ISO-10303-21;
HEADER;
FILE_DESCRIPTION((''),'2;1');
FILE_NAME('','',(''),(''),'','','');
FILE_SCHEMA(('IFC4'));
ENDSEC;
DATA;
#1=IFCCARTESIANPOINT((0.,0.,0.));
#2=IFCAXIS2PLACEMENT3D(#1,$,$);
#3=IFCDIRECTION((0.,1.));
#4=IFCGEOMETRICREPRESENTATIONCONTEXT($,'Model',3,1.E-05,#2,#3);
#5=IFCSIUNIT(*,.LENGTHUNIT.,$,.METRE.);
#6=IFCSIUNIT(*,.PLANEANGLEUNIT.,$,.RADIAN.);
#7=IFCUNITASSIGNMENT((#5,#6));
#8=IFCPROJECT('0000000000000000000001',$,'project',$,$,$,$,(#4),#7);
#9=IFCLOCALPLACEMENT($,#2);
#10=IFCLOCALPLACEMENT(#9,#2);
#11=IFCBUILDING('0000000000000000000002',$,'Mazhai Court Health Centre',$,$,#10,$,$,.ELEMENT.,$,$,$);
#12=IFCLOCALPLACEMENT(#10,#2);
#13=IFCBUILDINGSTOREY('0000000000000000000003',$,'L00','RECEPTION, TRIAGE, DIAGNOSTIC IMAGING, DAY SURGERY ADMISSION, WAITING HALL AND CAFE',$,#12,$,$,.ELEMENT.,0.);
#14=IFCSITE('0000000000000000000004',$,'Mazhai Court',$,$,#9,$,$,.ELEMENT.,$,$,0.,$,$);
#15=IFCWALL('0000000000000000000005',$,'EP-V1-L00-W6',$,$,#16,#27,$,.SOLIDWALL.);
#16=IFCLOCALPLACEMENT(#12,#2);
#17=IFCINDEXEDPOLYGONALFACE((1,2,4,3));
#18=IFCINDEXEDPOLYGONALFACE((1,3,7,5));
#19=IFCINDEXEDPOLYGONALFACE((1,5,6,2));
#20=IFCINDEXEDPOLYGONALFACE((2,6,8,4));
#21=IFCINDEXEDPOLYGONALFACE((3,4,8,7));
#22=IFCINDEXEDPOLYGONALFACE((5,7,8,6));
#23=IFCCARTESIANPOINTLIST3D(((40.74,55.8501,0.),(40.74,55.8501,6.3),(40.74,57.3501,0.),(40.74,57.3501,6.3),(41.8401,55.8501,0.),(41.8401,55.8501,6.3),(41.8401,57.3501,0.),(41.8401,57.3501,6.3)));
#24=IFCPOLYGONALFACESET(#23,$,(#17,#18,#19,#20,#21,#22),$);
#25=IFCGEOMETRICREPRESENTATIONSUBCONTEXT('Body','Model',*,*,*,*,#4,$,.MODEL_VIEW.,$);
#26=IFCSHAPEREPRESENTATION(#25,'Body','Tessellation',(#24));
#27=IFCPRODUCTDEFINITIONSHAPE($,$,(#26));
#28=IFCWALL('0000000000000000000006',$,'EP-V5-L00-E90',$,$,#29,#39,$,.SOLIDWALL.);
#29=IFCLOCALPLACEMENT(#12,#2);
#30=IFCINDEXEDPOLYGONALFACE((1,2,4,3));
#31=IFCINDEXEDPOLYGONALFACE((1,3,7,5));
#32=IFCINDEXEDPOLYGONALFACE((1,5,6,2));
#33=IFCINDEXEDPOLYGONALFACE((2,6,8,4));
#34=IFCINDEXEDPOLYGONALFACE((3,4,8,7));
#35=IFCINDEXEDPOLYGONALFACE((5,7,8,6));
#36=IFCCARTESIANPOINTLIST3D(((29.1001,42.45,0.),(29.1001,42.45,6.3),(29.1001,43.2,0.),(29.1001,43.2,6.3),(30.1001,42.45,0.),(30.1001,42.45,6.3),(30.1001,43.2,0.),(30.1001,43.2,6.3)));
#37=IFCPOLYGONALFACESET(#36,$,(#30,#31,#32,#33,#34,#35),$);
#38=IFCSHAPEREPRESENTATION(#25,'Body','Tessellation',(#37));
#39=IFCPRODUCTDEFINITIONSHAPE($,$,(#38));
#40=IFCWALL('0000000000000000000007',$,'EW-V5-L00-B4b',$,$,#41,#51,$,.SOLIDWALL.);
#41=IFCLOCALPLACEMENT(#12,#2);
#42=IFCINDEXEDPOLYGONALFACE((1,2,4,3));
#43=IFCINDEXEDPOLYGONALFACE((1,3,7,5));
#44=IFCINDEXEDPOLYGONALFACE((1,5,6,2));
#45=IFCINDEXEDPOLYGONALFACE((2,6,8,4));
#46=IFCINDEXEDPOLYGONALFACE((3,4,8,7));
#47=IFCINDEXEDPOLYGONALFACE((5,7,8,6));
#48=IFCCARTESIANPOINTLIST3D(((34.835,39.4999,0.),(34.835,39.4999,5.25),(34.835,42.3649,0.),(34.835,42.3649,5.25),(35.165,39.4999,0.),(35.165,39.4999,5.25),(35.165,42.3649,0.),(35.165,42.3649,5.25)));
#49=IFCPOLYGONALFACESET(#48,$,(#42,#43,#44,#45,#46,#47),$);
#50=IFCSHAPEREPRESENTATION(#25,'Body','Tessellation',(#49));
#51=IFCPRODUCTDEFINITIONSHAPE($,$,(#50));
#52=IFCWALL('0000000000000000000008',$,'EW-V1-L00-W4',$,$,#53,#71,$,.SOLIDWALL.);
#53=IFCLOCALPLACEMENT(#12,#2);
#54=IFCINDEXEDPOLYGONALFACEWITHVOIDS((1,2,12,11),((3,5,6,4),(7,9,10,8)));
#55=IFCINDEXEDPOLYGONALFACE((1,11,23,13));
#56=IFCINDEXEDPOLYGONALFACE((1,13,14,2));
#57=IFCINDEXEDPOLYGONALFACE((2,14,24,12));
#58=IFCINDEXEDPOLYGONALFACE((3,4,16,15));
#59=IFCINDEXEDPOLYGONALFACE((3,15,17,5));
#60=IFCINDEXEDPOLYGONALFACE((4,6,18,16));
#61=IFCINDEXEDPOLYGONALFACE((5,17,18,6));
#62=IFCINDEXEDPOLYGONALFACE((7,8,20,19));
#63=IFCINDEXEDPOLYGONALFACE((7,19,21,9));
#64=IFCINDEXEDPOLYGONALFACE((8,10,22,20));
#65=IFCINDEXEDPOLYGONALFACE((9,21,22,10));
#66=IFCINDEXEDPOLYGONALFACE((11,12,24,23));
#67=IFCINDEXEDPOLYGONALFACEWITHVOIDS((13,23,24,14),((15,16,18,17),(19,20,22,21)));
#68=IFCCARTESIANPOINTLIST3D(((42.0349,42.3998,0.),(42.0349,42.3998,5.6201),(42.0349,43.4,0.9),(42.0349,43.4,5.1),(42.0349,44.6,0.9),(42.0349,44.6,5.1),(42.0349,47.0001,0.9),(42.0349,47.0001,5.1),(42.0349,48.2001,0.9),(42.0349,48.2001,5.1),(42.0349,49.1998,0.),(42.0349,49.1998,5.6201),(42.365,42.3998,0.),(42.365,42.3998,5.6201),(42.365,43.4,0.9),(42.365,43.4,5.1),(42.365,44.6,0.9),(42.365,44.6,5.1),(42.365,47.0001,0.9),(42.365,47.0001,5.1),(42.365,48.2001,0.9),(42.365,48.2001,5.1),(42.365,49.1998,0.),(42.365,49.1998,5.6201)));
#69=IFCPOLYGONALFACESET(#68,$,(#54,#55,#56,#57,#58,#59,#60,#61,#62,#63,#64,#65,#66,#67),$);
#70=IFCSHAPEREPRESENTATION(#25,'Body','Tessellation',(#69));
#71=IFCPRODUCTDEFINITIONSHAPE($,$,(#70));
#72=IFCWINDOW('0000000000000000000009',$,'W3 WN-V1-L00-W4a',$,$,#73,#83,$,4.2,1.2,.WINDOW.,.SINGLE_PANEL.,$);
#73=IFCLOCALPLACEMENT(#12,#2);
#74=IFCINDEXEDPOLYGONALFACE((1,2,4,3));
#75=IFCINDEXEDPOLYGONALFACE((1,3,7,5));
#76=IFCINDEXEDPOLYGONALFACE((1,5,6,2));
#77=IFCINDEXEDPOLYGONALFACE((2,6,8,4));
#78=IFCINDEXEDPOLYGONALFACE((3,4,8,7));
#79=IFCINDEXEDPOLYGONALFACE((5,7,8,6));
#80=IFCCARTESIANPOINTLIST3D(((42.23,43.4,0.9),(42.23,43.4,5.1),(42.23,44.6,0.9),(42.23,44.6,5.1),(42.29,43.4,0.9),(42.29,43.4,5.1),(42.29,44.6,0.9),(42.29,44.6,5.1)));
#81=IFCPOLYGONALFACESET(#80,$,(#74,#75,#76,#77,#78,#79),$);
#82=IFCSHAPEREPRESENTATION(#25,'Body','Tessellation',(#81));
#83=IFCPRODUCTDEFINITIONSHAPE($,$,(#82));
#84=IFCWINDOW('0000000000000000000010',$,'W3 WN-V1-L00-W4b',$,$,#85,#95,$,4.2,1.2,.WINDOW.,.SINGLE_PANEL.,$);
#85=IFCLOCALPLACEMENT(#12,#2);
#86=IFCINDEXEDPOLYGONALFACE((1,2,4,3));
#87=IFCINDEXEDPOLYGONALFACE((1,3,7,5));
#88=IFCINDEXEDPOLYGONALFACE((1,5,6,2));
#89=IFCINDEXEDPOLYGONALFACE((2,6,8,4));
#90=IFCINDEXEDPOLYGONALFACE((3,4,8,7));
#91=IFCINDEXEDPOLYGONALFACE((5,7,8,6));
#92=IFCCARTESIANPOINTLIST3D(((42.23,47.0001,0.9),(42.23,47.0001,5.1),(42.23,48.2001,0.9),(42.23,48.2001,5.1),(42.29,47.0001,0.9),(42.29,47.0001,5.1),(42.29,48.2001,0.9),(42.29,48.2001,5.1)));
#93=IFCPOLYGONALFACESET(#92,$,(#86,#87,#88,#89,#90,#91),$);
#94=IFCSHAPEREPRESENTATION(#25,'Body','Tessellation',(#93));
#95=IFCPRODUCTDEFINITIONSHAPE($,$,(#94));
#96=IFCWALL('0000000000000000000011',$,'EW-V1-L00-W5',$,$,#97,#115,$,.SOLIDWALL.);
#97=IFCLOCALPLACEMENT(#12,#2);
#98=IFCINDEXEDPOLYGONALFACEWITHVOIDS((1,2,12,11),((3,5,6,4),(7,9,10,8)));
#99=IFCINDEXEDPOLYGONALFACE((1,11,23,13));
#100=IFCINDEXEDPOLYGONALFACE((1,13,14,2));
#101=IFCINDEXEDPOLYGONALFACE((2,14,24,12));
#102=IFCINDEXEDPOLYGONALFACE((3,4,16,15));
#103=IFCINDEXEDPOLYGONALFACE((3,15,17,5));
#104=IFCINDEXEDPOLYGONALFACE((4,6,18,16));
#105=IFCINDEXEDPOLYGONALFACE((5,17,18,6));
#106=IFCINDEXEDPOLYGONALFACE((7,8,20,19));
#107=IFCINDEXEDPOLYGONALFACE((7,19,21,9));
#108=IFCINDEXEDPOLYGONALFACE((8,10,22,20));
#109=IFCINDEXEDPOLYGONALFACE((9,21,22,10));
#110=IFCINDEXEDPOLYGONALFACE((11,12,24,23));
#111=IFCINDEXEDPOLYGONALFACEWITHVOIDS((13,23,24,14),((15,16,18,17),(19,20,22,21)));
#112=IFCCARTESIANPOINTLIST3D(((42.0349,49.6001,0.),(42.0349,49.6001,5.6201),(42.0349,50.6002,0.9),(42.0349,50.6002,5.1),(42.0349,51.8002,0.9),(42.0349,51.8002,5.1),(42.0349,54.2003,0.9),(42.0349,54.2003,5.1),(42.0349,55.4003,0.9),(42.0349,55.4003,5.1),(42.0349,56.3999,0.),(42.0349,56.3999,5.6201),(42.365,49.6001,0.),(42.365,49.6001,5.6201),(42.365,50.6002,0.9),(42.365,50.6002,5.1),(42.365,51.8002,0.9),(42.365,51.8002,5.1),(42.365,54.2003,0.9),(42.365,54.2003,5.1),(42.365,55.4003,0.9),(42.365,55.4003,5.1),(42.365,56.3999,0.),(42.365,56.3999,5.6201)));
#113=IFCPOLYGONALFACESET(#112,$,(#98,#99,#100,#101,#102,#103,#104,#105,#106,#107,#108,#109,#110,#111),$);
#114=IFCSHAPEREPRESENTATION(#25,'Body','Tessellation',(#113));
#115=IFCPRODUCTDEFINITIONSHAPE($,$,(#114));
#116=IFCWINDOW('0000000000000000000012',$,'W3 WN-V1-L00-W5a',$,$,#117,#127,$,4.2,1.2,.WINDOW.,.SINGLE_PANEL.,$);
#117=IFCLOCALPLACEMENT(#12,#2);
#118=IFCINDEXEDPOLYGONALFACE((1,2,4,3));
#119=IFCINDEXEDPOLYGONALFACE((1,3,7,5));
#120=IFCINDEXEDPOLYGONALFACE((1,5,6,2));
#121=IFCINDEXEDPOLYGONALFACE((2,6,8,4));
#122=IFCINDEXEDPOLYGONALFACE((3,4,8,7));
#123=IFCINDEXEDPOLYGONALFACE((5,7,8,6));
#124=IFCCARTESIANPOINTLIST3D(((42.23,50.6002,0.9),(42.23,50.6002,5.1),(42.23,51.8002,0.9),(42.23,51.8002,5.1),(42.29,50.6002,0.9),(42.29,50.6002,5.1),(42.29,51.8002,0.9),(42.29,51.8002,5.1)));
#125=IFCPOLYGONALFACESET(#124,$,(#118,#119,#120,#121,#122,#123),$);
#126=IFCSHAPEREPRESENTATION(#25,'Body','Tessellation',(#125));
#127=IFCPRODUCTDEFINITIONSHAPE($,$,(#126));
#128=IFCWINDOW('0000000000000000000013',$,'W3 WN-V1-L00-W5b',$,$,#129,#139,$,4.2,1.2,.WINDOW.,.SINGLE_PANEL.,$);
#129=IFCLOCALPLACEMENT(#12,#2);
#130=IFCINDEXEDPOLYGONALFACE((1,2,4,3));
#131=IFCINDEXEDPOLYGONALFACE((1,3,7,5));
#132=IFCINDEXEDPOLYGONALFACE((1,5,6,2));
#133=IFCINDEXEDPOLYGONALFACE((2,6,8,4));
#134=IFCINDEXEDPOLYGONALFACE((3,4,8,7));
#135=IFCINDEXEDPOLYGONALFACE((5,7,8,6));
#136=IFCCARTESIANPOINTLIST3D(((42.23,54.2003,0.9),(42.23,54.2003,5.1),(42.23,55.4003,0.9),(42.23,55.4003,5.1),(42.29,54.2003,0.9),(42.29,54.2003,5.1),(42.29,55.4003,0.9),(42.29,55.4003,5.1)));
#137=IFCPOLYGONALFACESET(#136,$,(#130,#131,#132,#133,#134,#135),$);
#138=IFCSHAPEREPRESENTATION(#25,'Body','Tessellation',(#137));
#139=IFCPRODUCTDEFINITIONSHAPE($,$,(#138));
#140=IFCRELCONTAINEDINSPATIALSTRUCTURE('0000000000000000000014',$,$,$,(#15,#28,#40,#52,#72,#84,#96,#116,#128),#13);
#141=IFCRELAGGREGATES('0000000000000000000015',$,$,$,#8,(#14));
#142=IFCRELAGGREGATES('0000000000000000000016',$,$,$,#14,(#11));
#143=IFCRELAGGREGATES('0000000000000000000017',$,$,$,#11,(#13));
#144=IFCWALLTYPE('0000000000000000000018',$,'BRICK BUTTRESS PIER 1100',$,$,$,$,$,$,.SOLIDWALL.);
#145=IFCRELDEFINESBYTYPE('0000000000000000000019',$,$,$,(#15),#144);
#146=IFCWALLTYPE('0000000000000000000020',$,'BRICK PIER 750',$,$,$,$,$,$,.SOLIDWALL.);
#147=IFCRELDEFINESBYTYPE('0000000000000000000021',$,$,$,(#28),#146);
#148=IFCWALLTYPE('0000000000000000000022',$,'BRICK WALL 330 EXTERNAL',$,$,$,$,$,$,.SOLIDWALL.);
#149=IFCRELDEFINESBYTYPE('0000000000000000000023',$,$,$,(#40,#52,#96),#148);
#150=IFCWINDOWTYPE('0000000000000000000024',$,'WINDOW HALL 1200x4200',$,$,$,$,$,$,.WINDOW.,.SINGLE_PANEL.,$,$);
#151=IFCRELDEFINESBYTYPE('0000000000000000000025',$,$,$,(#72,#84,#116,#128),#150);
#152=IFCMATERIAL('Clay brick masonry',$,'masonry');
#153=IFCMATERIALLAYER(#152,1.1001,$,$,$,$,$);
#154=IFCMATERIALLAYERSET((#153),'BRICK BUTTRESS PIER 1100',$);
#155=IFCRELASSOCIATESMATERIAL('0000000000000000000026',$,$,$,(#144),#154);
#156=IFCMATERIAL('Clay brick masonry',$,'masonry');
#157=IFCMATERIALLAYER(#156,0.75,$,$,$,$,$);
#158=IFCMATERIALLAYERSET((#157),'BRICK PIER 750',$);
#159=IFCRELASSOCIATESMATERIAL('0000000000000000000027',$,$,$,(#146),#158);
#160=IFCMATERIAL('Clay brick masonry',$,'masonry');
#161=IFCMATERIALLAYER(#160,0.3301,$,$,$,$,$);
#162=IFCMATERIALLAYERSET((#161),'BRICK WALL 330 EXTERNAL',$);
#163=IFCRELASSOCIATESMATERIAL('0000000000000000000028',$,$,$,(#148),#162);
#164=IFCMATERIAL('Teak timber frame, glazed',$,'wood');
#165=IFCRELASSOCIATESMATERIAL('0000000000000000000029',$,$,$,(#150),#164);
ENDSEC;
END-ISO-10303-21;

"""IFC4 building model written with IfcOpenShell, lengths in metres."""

from ifc_helpers import new_model, si_unit, direction, frame, frame_2d, origin, place, context, subcontext, project, spatial, rectangle, extrude, material, layer, layer_set, type_object, element, fill, save


model = new_model("IFC4")

# Units and contexts
model_context = context("Model", 3, precision=1e-05, world=origin(), true_north=direction((0.0, 1.0)))
body_context = subcontext(model_context, "Body", "Model", "MODEL_VIEW")
ifc_project = project(units=[si_unit("LENGTHUNIT", "METRE"), si_unit("PLANEANGLEUNIT", "RADIAN")], contexts=[model_context])

# Site, building, storey
site_placement = place(None, origin())
site = spatial("IfcSite", under=ifc_project, at=site_placement, Name="Mazhai Court", CompositionType="ELEMENT", RefElevation=0.0)
building_placement = place(site_placement, origin())
building = spatial("IfcBuilding", under=site, at=building_placement, Name="Mazhai Court Health Centre", CompositionType="ELEMENT")
storey_placement = place(building_placement, origin())
storey = spatial("IfcBuildingStorey", under=building, at=storey_placement, Name="L00", Description="RECEPTION, TRIAGE, DIAGNOSTIC IMAGING, DAY SURGERY ADMISSION, WAITING HALL AND CAFE", CompositionType="ELEMENT", Elevation=0.0)

# Walls
ifc_material_1 = material(Name="Clay brick masonry", Category="masonry")
ifc_layer_1 = layer(ifc_material_1, 1.1001)
ifc_layer_set_1 = layer_set([ifc_layer_1], Name="BRICK BUTTRESS PIER 1100")
wall_type_1 = type_object("IfcWallType", Name="BRICK BUTTRESS PIER 1100", PredefinedType="SOLIDWALL", material=ifc_layer_set_1)
for number, where, z_axis, x_axis, name in (
    (1, (41.29, 55.8501, 0.0), (0.0, 0.0, 1.0), (0.0, 1.0, 0.0), "EP-V1-L00-W6"),
):
    element("IfcWall", number, at=place(storey_placement, frame(where, z_axis=z_axis, x_axis=x_axis)), inside=storey, type_object=wall_type_1, Name=name, PredefinedType="SOLIDWALL", context=body_context, shape_type="SweptSolid", body=[
        extrude(rectangle(XDim=1.5, YDim=1.1001, at=frame_2d((0.75, 0.0))), origin(), (0.0, 0.0, 1.0), 6.3),
    ])
ifc_material_2 = material(Name="Clay brick masonry", Category="masonry")
ifc_layer_2 = layer(ifc_material_2, 0.75)
ifc_layer_set_2 = layer_set([ifc_layer_2], Name="BRICK PIER 750")
wall_type_2 = type_object("IfcWallType", Name="BRICK PIER 750", PredefinedType="SOLIDWALL", material=ifc_layer_set_2)
wall_1_placement = place(storey_placement, frame((29.1001, 42.825, 0.0), z_axis=(0.0, 0.0, 1.0), x_axis=(1.0, 0.0, 0.0)))
element("IfcWall", 2, at=wall_1_placement, inside=storey, type_object=wall_type_2, Name="EP-V5-L00-E90", PredefinedType="SOLIDWALL", context=body_context, shape_type="SweptSolid", body=[
    extrude(rectangle(XDim=1.0, YDim=0.75, at=frame_2d((0.5, 0.0))), origin(), (0.0, 0.0, 1.0), 6.3),
])
ifc_material_3 = material(Name="Clay brick masonry", Category="masonry")
ifc_layer_3 = layer(ifc_material_3, 0.3301)
ifc_layer_set_3 = layer_set([ifc_layer_3], Name="BRICK WALL 330 EXTERNAL")
wall_type_3 = type_object("IfcWallType", Name="BRICK WALL 330 EXTERNAL", PredefinedType="SOLIDWALL", material=ifc_layer_set_3)
wall_2_placement = place(storey_placement, frame((35.0, 42.365, 0.0), z_axis=(0.0, 0.0, 1.0), x_axis=(0.0, -1.0, 0.0)))
element("IfcWall", 3, at=wall_2_placement, inside=storey, type_object=wall_type_3, Name="EW-V5-L00-B4b", PredefinedType="SOLIDWALL", context=body_context, shape_type="SweptSolid", body=[
    extrude(rectangle(XDim=2.865, YDim=0.3301, at=frame_2d((1.4326, 0.0))), origin(), (0.0, 0.0, 1.0), 5.25),
])

# Walls, openings, windows
wall_3_placement = place(storey_placement, frame((42.2, 42.3999, 0.0), z_axis=(0.0, 0.0, 1.0), x_axis=(0.0, 1.0, 0.0)))
wall_3 = element("IfcWall", 4, at=wall_3_placement, inside=storey, type_object=wall_type_3, Name="EW-V1-L00-W4", PredefinedType="SOLIDWALL", context=body_context, shape_type="SweptSolid", body=[
    extrude(rectangle(XDim=6.8, YDim=0.3301, at=frame_2d((3.3999, 0.0))), origin(), (0.0, 0.0, 1.0), 5.6201),
])
opening_1_placement = place(wall_3_placement, frame((1.0, 0.0, 0.8999)))
opening_1 = element("IfcOpeningElement", 5, at=opening_1_placement, cuts=wall_3, PredefinedType="OPENING", context=body_context, shape_type="SweptSolid", body=[
    extrude(rectangle(XDim=1.2, YDim=4.2, at=frame_2d((0.6001, 2.1001))), frame((0.0, 0.175, 0.0), z_axis=(0.0, -1.0, 0.0), x_axis=(1.0, 0.0, 0.0)), (0.0, 0.0, 1.0), 0.3501),
])
opening_2_placement = place(wall_3_placement, frame((4.6001, 0.0, 0.8999)))
opening_2 = element("IfcOpeningElement", 6, at=opening_2_placement, cuts=wall_3, PredefinedType="OPENING", context=body_context, shape_type="SweptSolid", body=[
    extrude(rectangle(XDim=1.2, YDim=4.2, at=frame_2d((0.6001, 2.1001))), frame((0.0, 0.175, 0.0), z_axis=(0.0, -1.0, 0.0), x_axis=(1.0, 0.0, 0.0)), (0.0, 0.0, 1.0), 0.3501),
])
ifc_material_4 = material(Name="Teak timber frame, glazed", Category="wood")
window_type = type_object("IfcWindowType", Name="WINDOW HALL 1200x4200", PartitioningType="SINGLE_PANEL", PredefinedType="WINDOW", material=ifc_material_4)
window_1_placement = place(opening_1_placement, origin())
window_1 = element("IfcWindow", 7, at=window_1_placement, inside=storey, type_object=window_type, Name="W3 WN-V1-L00-W4a", OverallHeight=4.2, OverallWidth=1.2, PartitioningType="SINGLE_PANEL", PredefinedType="WINDOW", context=body_context, shape_type="SweptSolid", body=[
    extrude(rectangle(XDim=1.2, YDim=4.2, at=frame_2d((0.6001, 2.1001))), frame((0.0, -0.03, 0.0), z_axis=(0.0, -1.0, 0.0), x_axis=(1.0, 0.0, 0.0)), (0.0, 0.0, 1.0), 0.0601),
])
fill(opening_1, window_1)
window_2_placement = place(opening_2_placement, origin())
window_2 = element("IfcWindow", 8, at=window_2_placement, inside=storey, type_object=window_type, Name="W3 WN-V1-L00-W4b", OverallHeight=4.2, OverallWidth=1.2, PartitioningType="SINGLE_PANEL", PredefinedType="WINDOW", context=body_context, shape_type="SweptSolid", body=[
    extrude(rectangle(XDim=1.2, YDim=4.2, at=frame_2d((0.6001, 2.1001))), frame((0.0, -0.03, 0.0), z_axis=(0.0, -1.0, 0.0), x_axis=(1.0, 0.0, 0.0)), (0.0, 0.0, 1.0), 0.0601),
])
fill(opening_2, window_2)
wall_4_placement = place(storey_placement, frame((42.2, 49.6001, 0.0), z_axis=(0.0, 0.0, 1.0), x_axis=(0.0, 1.0, 0.0)))
wall_4 = element("IfcWall", 9, at=wall_4_placement, inside=storey, type_object=wall_type_3, Name="EW-V1-L00-W5", PredefinedType="SOLIDWALL", context=body_context, shape_type="SweptSolid", body=[
    extrude(rectangle(XDim=6.7998, YDim=0.3301, at=frame_2d((3.3999, 0.0))), origin(), (0.0, 0.0, 1.0), 5.6201),
])
opening_3_placement = place(wall_4_placement, frame((1.0, 0.0, 0.8999)))
opening_3 = element("IfcOpeningElement", 10, at=opening_3_placement, cuts=wall_4, PredefinedType="OPENING", context=body_context, shape_type="SweptSolid", body=[
    extrude(rectangle(XDim=1.2, YDim=4.2, at=frame_2d((0.6001, 2.1001))), frame((0.0, 0.175, 0.0), z_axis=(0.0, -1.0, 0.0), x_axis=(1.0, 0.0, 0.0)), (0.0, 0.0, 1.0), 0.3501),
])
opening_4_placement = place(wall_4_placement, frame((4.6001, 0.0, 0.8999)))
opening_4 = element("IfcOpeningElement", 11, at=opening_4_placement, cuts=wall_4, PredefinedType="OPENING", context=body_context, shape_type="SweptSolid", body=[
    extrude(rectangle(XDim=1.2, YDim=4.2, at=frame_2d((0.6001, 2.1001))), frame((0.0, 0.175, 0.0), z_axis=(0.0, -1.0, 0.0), x_axis=(1.0, 0.0, 0.0)), (0.0, 0.0, 1.0), 0.3501),
])
window_3_placement = place(opening_3_placement, origin())
window_3 = element("IfcWindow", 12, at=window_3_placement, inside=storey, type_object=window_type, Name="W3 WN-V1-L00-W5a", OverallHeight=4.2, OverallWidth=1.2, PartitioningType="SINGLE_PANEL", PredefinedType="WINDOW", context=body_context, shape_type="SweptSolid", body=[
    extrude(rectangle(XDim=1.2, YDim=4.2, at=frame_2d((0.6001, 2.1001))), frame((0.0, -0.03, 0.0), z_axis=(0.0, -1.0, 0.0), x_axis=(1.0, 0.0, 0.0)), (0.0, 0.0, 1.0), 0.0601),
])
fill(opening_3, window_3)
window_4_placement = place(opening_4_placement, origin())
window_4 = element("IfcWindow", 13, at=window_4_placement, inside=storey, type_object=window_type, Name="W3 WN-V1-L00-W5b", OverallHeight=4.2, OverallWidth=1.2, PartitioningType="SINGLE_PANEL", PredefinedType="WINDOW", context=body_context, shape_type="SweptSolid", body=[
    extrude(rectangle(XDim=1.2, YDim=4.2, at=frame_2d((0.6001, 2.1001))), frame((0.0, -0.03, 0.0), z_axis=(0.0, -1.0, 0.0), x_axis=(1.0, 0.0, 0.0)), (0.0, 0.0, 1.0), 0.0601),
])
fill(opening_4, window_4)

save(model, "model.ifc")
